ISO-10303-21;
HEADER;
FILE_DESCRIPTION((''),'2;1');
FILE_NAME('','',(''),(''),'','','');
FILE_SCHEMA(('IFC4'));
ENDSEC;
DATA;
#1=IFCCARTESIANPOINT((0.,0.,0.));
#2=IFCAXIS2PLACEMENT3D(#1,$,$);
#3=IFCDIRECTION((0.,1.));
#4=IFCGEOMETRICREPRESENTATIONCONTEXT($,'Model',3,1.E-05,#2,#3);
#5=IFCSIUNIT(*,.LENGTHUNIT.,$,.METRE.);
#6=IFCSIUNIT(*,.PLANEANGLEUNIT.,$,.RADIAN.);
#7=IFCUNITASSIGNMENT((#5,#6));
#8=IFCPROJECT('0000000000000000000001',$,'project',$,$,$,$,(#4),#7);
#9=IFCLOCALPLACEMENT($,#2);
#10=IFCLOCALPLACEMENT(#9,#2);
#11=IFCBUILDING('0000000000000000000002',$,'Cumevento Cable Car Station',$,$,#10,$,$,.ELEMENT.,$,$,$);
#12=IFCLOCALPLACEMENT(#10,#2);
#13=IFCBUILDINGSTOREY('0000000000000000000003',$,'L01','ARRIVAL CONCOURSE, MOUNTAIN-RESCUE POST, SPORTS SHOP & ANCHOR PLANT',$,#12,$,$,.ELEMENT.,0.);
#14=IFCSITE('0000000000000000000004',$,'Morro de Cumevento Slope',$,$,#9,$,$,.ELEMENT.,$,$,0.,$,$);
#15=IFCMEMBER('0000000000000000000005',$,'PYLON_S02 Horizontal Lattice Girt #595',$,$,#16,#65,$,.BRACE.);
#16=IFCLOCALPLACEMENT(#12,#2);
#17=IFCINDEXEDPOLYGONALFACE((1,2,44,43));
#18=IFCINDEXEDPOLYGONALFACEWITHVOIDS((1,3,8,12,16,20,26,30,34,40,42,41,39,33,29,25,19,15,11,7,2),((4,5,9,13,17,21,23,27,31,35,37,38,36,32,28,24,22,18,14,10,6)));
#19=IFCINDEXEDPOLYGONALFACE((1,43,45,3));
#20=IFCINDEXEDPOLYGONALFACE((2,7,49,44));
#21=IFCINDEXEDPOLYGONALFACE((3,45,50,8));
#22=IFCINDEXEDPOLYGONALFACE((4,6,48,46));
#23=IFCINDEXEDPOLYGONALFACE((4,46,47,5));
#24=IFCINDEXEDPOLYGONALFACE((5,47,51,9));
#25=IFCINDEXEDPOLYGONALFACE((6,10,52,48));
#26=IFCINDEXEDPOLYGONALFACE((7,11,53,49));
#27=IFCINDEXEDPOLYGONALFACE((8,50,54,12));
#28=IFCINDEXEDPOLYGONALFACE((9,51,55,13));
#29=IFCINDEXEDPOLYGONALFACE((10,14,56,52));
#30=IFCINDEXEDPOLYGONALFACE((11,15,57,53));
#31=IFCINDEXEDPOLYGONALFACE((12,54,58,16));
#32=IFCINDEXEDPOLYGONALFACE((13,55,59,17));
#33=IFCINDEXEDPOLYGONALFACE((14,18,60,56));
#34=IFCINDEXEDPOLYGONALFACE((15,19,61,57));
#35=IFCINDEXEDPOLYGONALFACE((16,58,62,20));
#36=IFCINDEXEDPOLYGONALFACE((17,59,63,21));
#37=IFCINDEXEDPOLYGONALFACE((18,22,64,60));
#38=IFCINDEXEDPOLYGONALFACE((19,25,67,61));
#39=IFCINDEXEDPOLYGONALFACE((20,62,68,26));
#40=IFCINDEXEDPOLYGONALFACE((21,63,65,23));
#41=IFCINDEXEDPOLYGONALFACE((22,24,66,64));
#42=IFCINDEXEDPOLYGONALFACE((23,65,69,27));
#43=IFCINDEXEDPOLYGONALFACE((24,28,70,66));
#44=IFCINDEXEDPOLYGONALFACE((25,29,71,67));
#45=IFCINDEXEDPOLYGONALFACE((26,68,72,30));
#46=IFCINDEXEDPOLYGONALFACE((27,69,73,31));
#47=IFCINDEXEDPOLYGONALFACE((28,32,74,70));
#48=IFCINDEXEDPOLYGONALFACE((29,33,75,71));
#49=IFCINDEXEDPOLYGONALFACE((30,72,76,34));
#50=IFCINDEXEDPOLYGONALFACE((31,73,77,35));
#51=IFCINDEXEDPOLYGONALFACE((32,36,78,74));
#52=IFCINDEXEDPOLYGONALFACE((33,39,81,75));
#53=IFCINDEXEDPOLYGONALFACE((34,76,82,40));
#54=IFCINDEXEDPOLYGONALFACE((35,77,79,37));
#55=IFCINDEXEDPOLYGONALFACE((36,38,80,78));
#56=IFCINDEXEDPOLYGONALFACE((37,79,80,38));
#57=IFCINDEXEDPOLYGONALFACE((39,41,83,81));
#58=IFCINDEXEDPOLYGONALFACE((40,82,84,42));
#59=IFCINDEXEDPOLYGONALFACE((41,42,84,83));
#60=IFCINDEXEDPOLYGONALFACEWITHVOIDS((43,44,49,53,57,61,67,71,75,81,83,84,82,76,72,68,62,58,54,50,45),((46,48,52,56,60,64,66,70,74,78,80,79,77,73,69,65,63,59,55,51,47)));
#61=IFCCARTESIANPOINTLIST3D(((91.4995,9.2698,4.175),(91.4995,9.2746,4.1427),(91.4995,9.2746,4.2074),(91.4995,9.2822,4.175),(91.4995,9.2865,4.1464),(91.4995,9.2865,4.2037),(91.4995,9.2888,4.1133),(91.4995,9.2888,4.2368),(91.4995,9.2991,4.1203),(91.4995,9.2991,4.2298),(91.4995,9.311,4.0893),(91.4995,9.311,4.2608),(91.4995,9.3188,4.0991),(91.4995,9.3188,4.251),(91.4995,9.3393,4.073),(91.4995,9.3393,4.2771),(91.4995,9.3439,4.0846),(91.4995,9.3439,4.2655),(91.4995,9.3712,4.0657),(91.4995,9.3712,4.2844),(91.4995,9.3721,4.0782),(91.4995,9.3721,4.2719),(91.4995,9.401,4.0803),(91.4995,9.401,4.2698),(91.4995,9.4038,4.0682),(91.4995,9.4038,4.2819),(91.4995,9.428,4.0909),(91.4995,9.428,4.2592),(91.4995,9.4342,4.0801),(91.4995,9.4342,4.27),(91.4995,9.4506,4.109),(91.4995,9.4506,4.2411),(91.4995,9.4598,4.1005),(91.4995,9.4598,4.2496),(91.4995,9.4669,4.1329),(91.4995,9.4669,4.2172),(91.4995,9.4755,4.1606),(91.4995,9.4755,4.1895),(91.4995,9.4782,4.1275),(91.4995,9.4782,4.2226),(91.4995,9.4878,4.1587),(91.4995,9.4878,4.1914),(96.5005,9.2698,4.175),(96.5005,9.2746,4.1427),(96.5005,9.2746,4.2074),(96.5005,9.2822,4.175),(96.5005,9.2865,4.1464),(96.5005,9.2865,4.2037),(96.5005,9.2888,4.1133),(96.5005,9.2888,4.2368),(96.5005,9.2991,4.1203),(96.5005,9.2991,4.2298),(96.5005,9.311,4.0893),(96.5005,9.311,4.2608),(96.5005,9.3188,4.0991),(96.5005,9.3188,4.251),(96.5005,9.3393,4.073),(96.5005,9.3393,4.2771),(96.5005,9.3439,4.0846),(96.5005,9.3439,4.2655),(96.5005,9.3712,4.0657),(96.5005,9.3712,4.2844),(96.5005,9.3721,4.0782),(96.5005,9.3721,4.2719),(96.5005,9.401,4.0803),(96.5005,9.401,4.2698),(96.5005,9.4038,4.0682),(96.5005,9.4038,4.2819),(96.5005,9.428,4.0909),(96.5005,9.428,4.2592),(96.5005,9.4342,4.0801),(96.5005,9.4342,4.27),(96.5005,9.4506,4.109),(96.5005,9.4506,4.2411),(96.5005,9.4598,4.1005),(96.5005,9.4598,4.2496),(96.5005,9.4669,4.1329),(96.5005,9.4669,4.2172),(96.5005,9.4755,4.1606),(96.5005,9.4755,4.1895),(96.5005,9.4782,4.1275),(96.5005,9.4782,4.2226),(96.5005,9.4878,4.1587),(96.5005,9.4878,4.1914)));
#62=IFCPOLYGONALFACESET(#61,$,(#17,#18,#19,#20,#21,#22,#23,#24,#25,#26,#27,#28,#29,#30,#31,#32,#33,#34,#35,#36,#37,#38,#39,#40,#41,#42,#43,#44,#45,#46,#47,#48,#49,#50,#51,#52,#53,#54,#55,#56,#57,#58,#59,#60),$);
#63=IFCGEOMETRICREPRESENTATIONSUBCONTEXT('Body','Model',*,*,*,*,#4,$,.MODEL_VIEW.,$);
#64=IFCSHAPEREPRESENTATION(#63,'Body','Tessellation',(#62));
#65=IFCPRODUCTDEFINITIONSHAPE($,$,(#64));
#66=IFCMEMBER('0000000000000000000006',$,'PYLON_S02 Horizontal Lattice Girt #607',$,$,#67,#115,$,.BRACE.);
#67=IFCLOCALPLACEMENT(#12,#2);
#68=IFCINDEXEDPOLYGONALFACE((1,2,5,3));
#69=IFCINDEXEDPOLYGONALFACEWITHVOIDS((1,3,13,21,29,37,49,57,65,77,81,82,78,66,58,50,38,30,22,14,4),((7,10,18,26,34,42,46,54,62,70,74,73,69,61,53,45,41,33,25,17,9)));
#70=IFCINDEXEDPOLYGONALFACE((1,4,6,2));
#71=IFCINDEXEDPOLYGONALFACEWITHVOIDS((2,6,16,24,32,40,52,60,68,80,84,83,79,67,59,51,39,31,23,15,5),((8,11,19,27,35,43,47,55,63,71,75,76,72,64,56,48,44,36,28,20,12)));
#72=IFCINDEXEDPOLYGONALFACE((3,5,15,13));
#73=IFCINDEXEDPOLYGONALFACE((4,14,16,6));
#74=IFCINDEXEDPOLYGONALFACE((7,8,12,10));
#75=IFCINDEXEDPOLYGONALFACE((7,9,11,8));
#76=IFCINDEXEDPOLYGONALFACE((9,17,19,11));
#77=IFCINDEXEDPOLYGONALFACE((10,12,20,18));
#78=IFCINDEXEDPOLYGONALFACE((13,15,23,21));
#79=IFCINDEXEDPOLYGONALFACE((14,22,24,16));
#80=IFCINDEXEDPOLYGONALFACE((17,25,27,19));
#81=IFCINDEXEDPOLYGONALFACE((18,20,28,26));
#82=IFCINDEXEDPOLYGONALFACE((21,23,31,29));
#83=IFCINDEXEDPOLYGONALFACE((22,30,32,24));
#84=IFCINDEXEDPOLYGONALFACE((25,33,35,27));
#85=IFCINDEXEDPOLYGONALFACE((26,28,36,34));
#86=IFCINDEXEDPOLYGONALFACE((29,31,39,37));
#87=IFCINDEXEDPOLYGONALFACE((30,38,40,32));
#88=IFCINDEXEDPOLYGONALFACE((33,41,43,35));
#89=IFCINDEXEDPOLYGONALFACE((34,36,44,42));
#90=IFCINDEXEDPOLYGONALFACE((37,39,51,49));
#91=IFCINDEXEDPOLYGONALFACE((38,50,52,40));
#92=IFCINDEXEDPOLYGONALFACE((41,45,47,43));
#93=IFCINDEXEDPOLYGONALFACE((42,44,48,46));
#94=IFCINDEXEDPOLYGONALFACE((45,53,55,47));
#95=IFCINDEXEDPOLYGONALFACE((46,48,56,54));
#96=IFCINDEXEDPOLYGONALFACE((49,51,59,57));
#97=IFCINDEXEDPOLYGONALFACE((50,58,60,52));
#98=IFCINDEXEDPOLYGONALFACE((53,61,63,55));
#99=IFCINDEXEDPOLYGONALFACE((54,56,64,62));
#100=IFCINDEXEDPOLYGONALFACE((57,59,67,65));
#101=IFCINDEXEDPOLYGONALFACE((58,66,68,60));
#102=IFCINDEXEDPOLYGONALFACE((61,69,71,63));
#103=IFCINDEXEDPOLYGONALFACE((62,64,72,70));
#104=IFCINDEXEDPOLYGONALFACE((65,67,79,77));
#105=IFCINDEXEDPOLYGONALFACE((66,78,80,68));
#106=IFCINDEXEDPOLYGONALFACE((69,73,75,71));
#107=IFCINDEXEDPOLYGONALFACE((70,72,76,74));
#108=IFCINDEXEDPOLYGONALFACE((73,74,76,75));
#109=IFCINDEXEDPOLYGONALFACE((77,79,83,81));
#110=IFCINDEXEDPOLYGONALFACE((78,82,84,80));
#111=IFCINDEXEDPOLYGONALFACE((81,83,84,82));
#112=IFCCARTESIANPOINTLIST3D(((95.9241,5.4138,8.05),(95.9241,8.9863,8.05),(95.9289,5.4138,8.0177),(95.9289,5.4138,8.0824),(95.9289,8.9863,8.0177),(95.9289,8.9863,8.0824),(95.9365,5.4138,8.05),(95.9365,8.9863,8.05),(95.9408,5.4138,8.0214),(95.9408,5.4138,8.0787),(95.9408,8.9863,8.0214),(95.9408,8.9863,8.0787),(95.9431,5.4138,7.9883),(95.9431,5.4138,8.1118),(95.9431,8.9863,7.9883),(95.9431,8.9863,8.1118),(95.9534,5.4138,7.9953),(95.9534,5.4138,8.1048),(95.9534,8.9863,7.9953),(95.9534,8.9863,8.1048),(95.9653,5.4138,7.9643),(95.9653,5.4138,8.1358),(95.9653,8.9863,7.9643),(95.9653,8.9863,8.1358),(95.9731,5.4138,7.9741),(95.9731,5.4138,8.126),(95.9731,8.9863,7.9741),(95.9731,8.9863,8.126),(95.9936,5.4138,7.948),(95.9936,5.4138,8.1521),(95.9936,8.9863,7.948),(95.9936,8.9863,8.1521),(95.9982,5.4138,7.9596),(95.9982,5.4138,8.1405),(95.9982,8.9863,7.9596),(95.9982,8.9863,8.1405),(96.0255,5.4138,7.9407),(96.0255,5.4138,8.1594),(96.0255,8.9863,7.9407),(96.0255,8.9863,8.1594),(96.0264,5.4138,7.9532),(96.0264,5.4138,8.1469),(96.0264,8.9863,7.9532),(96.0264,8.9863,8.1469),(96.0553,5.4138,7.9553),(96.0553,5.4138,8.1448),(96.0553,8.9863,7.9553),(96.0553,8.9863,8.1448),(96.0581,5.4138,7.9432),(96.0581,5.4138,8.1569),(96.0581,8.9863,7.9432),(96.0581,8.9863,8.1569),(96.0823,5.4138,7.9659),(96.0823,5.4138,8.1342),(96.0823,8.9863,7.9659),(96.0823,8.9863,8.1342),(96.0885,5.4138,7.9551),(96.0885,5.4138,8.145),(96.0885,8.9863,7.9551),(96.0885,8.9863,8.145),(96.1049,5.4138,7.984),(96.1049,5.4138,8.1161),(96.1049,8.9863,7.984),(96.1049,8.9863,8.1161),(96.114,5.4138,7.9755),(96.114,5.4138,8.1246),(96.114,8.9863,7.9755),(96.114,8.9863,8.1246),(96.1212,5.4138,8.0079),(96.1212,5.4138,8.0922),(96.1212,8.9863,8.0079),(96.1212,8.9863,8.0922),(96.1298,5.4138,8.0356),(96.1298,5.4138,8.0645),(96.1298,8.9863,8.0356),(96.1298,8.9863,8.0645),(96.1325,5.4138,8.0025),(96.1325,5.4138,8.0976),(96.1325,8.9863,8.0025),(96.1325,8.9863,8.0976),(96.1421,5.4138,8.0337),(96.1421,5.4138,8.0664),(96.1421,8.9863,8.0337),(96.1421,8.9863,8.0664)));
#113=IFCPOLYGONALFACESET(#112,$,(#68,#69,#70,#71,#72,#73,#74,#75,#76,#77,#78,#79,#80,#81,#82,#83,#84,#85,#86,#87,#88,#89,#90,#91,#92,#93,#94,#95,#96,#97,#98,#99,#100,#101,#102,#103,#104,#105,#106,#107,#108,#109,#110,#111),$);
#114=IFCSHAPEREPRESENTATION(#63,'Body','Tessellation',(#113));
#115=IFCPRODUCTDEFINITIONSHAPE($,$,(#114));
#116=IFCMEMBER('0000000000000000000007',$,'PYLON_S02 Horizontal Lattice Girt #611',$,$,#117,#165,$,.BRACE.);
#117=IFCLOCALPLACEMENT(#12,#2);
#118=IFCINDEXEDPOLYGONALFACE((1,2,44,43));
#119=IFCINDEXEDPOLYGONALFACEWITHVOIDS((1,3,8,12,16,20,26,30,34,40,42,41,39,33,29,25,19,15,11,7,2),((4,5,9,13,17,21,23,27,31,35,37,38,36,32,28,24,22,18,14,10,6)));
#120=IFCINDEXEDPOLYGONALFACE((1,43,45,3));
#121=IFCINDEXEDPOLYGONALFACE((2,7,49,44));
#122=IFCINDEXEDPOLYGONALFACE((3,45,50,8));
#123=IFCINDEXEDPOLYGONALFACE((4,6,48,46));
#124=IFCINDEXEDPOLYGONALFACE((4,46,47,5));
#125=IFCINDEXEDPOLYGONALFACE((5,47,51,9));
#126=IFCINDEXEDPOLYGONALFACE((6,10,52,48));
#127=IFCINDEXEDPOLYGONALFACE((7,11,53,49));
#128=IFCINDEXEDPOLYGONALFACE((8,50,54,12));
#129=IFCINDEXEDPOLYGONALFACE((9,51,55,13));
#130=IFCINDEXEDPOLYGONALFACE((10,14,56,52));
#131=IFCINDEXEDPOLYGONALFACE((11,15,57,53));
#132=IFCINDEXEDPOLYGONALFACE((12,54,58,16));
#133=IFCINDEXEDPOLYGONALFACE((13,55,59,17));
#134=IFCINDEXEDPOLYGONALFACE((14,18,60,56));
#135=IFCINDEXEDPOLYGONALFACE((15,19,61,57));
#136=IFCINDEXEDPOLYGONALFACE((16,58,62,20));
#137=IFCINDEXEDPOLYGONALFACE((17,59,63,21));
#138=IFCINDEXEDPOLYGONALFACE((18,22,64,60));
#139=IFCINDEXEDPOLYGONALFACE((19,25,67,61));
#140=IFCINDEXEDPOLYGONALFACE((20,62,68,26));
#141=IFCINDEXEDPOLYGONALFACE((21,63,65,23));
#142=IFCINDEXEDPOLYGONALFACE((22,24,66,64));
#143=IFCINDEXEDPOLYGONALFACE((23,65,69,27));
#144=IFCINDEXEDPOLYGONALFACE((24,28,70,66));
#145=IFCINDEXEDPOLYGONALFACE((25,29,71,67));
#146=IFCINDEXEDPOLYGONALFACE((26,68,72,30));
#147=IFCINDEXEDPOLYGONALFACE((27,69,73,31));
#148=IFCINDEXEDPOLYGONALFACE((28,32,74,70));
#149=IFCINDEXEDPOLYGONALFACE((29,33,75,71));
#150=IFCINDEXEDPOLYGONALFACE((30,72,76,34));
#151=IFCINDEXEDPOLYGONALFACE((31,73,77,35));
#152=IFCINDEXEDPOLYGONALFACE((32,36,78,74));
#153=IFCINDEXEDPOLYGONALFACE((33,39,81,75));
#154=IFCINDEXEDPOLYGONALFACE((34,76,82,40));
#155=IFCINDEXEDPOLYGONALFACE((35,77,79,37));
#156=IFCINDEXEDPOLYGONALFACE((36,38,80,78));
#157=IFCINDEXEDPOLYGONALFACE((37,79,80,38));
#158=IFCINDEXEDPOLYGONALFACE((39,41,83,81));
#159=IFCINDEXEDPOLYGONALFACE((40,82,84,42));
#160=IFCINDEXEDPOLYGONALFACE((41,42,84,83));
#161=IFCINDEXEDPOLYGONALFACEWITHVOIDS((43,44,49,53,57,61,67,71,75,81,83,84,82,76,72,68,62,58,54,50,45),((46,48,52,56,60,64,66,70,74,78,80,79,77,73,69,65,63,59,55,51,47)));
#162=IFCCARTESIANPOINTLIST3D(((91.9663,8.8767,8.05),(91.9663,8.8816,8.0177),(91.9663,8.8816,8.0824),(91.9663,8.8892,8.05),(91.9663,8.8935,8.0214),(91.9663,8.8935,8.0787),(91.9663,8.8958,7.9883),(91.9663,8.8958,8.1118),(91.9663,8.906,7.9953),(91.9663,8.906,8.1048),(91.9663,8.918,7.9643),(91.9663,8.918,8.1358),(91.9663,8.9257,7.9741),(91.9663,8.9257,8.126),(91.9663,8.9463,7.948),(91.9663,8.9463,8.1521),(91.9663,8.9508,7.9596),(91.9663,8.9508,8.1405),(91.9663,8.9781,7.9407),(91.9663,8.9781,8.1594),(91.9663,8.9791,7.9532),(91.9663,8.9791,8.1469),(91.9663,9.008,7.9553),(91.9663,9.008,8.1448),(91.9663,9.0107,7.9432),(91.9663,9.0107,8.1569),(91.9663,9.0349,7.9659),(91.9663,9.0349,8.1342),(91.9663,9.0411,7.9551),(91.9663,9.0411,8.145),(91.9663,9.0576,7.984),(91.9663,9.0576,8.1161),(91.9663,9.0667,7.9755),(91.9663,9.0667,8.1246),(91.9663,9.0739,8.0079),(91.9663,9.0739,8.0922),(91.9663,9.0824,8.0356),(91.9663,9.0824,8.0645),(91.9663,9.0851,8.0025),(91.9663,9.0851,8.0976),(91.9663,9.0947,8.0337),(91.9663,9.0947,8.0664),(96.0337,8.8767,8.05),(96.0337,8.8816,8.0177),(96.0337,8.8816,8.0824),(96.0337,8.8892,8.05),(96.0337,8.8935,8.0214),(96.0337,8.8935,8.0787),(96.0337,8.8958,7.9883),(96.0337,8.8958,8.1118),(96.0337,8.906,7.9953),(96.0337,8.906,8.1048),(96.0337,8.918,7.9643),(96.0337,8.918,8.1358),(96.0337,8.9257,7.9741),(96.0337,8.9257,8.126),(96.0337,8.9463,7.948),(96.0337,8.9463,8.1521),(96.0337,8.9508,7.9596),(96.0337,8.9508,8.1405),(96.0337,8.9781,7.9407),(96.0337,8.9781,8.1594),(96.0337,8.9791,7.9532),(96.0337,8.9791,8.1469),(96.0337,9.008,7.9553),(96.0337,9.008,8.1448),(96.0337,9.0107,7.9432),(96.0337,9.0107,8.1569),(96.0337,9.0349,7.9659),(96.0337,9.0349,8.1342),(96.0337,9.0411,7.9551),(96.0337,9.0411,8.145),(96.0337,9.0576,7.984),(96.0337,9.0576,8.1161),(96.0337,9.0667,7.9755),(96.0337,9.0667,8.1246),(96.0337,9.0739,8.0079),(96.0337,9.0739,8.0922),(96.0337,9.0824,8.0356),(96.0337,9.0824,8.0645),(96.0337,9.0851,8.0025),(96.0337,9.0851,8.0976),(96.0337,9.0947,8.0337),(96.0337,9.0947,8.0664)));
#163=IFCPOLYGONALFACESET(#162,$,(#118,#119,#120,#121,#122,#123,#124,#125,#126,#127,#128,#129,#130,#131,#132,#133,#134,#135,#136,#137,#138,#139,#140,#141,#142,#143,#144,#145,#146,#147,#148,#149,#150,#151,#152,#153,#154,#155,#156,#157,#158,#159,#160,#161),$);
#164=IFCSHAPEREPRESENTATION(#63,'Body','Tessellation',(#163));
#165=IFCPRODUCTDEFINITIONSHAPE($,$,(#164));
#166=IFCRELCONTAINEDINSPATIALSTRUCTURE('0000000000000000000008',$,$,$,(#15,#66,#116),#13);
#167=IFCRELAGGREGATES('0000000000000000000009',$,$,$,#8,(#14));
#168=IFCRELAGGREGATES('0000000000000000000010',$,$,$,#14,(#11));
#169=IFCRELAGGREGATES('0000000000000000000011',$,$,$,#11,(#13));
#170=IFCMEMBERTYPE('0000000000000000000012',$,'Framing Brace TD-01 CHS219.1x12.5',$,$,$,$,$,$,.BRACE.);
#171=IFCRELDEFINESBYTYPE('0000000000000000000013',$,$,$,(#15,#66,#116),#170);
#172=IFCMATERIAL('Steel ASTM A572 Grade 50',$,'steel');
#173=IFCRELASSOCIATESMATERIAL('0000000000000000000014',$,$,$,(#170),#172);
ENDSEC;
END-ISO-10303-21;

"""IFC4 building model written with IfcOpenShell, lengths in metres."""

from ifc_helpers import new_model, si_unit, direction, frame, origin, origin_2d, place, context, subcontext, project, spatial, hollow_circle, extrude, material, material_profile, profile_set, type_object, element, save


model = new_model("IFC4")

# Units and contexts
model_context = context("Model", 3, precision=1e-05, world=origin(), true_north=direction((0.0, 1.0)))
body_context = subcontext(model_context, "Body", "Model", "MODEL_VIEW")
ifc_project = project(units=[si_unit("LENGTHUNIT", "METRE"), si_unit("PLANEANGLEUNIT", "RADIAN")], contexts=[model_context])

# Site, building, storey
site_placement = place(None, origin())
site = spatial("IfcSite", under=ifc_project, at=site_placement, Name="Morro de Cumevento Slope", CompositionType="ELEMENT", RefElevation=0.0)
building_placement = place(site_placement, origin())
building = spatial("IfcBuilding", under=site, at=building_placement, Name="Cumevento Cable Car Station", CompositionType="ELEMENT")
storey_placement = place(building_placement, origin())
storey = spatial("IfcBuildingStorey", under=building, at=storey_placement, Name="L01", Description="ARRIVAL CONCOURSE, MOUNTAIN-RESCUE POST, SPORTS SHOP & ANCHOR PLANT", CompositionType="ELEMENT", Elevation=0.0)

# Members
ifc_material_1 = material(Name="Steel ASTM A572 Grade 50", Category="steel")
ifc_material_profile_1 = material_profile(ifc_material_1, hollow_circle(Radius=0.1096, WallThickness=0.0125, at=origin_2d()), Name="CHS219.1x12.5")
ifc_profile_set_1 = profile_set([ifc_material_profile_1], Name="Steel ASTM A572 Grade 50")
member_type_1 = type_object("IfcMemberType", Name="Framing Brace TD-01 CHS219.1x12.5", PredefinedType="BRACE", material=ifc_profile_set_1)
member_1_placement = place(storey_placement, frame((96.5005, 9.3794, 4.175), z_axis=(-1.0, 0.0, 0.0), x_axis=(0.0, -1.0, 0.0)))
element("IfcMember", 1, at=member_1_placement, inside=storey, type_object=member_type_1, Name="PYLON_S02 Horizontal Lattice Girt #595", PredefinedType="BRACE", context=body_context, shape_type="SweptSolid", body=[
    extrude(hollow_circle(Radius=0.1096, WallThickness=0.0125, at=origin_2d()), origin(), (0.0, 0.0, 1.0), 5.001),
])
member_2_placement = place(storey_placement, frame((96.0337, 5.4138, 8.05), z_axis=(0.0, 1.0, 0.0), x_axis=(-1.0, 0.0, 0.0)))
element("IfcMember", 2, at=member_2_placement, inside=storey, type_object=member_type_1, Name="PYLON_S02 Horizontal Lattice Girt #607", PredefinedType="BRACE", context=body_context, shape_type="SweptSolid", body=[
    extrude(hollow_circle(Radius=0.1096, WallThickness=0.0125, at=origin_2d()), origin(), (0.0, 0.0, 1.0), 3.5725),
])
member_3_placement = place(storey_placement, frame((96.0337, 8.9863, 8.05), z_axis=(-1.0, 0.0, 0.0), x_axis=(0.0, -1.0, 0.0)))
element("IfcMember", 3, at=member_3_placement, inside=storey, type_object=member_type_1, Name="PYLON_S02 Horizontal Lattice Girt #611", PredefinedType="BRACE", context=body_context, shape_type="SweptSolid", body=[
    extrude(hollow_circle(Radius=0.1096, WallThickness=0.0125, at=origin_2d()), origin(), (0.0, 0.0, 1.0), 4.0674),
])

save(model, "model.ifc")
